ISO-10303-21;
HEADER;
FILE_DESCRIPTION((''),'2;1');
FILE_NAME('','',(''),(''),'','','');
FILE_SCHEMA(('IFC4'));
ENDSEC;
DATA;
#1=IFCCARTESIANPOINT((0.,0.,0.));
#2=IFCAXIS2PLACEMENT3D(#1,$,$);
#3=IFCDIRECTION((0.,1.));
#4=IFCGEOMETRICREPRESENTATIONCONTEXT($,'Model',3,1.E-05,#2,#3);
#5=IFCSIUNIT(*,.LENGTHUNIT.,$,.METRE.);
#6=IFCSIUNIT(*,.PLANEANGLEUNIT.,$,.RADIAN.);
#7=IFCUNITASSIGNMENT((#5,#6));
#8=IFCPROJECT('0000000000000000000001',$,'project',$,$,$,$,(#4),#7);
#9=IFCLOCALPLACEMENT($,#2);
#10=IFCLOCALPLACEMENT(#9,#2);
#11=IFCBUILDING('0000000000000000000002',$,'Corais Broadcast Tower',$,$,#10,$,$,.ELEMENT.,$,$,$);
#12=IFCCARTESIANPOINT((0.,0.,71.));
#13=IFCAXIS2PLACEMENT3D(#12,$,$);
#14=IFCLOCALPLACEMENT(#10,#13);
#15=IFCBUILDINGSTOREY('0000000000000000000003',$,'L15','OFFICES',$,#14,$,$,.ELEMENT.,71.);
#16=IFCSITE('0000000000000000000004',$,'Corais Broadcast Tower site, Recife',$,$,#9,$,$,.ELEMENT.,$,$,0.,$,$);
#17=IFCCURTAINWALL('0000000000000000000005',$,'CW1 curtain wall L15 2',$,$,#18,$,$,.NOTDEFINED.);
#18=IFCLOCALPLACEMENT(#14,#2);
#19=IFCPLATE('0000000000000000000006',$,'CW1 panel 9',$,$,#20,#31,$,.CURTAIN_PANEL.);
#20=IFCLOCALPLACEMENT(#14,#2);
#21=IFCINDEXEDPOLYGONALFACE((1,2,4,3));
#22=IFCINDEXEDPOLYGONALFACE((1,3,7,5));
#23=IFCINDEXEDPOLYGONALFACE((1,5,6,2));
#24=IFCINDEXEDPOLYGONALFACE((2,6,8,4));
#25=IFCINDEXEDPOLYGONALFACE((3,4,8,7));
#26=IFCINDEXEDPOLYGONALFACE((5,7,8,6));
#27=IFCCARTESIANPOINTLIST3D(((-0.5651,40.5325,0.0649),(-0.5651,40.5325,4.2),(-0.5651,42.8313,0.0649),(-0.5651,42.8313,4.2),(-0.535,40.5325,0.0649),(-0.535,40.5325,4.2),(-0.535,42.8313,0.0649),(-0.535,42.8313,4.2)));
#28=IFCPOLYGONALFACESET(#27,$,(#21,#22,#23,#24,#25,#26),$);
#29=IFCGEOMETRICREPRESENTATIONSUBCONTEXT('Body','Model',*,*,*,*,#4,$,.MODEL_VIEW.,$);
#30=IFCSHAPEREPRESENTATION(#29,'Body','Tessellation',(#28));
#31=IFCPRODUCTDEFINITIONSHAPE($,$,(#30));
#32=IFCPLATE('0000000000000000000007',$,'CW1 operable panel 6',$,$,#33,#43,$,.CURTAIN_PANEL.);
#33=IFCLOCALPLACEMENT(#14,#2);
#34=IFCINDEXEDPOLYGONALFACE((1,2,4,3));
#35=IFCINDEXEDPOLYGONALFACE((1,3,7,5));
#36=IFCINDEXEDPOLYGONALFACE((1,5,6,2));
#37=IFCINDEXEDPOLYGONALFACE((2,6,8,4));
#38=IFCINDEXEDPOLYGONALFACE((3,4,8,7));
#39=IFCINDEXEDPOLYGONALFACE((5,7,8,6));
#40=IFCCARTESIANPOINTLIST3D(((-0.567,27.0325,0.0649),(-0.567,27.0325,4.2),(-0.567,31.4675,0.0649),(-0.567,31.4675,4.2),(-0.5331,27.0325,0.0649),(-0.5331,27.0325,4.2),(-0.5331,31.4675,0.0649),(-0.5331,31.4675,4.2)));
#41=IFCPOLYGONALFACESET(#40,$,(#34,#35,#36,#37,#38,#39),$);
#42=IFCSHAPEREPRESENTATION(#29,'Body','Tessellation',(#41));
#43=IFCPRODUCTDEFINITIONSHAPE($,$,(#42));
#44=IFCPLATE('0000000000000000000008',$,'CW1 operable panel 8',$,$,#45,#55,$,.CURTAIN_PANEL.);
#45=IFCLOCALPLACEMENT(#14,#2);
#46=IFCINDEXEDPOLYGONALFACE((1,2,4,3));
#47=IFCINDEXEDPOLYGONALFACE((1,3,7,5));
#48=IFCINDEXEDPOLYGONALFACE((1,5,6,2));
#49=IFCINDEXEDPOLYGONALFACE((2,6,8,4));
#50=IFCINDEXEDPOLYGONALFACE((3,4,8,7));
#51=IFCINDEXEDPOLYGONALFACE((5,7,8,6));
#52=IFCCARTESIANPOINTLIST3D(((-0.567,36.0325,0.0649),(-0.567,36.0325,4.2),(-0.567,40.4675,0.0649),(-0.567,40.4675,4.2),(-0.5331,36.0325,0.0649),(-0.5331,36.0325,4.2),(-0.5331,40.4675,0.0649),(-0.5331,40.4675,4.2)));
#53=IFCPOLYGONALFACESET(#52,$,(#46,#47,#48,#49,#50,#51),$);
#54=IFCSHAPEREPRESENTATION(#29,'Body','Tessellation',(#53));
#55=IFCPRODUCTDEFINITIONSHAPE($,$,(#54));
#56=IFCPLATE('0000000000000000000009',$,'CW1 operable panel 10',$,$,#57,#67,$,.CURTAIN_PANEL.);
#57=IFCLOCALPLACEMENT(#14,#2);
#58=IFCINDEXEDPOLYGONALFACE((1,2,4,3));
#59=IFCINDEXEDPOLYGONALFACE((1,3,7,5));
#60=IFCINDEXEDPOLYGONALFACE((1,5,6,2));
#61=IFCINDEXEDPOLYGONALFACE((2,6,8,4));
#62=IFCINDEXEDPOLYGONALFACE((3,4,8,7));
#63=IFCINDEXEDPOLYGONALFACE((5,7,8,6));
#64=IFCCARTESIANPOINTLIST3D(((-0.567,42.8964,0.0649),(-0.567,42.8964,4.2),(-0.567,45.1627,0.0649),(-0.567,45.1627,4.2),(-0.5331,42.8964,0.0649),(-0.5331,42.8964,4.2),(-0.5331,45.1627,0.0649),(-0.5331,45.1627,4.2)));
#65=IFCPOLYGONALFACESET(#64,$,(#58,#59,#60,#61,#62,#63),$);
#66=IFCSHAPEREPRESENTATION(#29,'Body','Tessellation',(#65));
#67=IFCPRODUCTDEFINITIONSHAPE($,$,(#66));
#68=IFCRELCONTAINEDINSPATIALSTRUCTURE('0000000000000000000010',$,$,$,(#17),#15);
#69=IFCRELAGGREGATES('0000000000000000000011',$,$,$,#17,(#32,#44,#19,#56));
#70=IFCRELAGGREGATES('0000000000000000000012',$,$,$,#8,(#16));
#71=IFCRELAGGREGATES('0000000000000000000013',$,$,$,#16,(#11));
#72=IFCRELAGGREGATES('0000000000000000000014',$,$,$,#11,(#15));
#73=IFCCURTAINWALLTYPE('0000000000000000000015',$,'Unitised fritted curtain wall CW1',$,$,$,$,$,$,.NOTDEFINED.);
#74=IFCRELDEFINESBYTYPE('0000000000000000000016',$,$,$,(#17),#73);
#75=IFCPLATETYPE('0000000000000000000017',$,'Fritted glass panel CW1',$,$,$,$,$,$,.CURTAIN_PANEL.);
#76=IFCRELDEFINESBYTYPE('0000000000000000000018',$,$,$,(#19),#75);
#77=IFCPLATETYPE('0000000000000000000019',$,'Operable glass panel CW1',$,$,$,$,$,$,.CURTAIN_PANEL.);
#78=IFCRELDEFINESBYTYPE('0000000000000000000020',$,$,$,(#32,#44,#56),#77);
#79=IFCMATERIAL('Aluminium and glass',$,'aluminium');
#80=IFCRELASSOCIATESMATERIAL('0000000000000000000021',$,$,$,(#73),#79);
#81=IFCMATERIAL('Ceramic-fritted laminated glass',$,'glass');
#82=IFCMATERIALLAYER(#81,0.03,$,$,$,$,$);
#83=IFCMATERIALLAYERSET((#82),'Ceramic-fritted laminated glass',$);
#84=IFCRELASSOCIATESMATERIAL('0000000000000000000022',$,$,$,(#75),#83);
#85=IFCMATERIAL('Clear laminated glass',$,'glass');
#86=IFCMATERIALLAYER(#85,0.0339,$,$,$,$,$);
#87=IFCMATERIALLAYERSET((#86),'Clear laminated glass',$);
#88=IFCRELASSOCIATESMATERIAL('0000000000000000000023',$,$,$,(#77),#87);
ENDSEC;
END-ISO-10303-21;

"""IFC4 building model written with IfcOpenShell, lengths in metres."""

from ifc_helpers import new_model, si_unit, direction, frame, origin, origin_2d, place, context, subcontext, project, spatial, rectangle, extrude, material, layer, layer_set, type_object, element, aggregate, save


model = new_model("IFC4")

# Units and contexts
model_context = context("Model", 3, precision=1e-05, world=origin(), true_north=direction((0.0, 1.0)))
body_context = subcontext(model_context, "Body", "Model", "MODEL_VIEW")
ifc_project = project(units=[si_unit("LENGTHUNIT", "METRE"), si_unit("PLANEANGLEUNIT", "RADIAN")], contexts=[model_context])

# Site, building, storey
site_placement = place(None, origin())
site = spatial("IfcSite", under=ifc_project, at=site_placement, Name="Corais Broadcast Tower site, Recife", CompositionType="ELEMENT", RefElevation=0.0)
building_placement = place(site_placement, origin())
building = spatial("IfcBuilding", under=site, at=building_placement, Name="Corais Broadcast Tower", CompositionType="ELEMENT")
storey_placement = place(building_placement, frame((0.0, 0.0, 71.0)))
storey = spatial("IfcBuildingStorey", under=building, at=storey_placement, Name="L15", Description="OFFICES", CompositionType="ELEMENT", Elevation=71.0)

# Curtain wall
ifc_material_1 = material(Name="Aluminium and glass", Category="aluminium")
curtain_wall_type = type_object("IfcCurtainWallType", Name="Unitised fritted curtain wall CW1", PredefinedType="NOTDEFINED", material=ifc_material_1)
curtain_wall_placement = place(storey_placement, origin())
curtain_wall = element("IfcCurtainWall", 1, at=curtain_wall_placement, inside=storey, type_object=curtain_wall_type, Name="CW1 curtain wall L15 2", PredefinedType="NOTDEFINED")

# Plates
ifc_material_2 = material(Name="Ceramic-fritted laminated glass", Category="glass")
ifc_layer_1 = layer(ifc_material_2, 0.03)
ifc_layer_set_1 = layer_set([ifc_layer_1], Name="Ceramic-fritted laminated glass")
plate_type_1 = type_object("IfcPlateType", Name="Fritted glass panel CW1", PredefinedType="CURTAIN_PANEL", material=ifc_layer_set_1)
plate_1_placement = place(storey_placement, frame((-0.55, 41.6819, 0.0649), z_axis=(0.0, 0.0, 1.0), x_axis=(0.0, 1.0, 0.0)))
plate_1 = element("IfcPlate", 2, at=plate_1_placement, type_object=plate_type_1, Name="CW1 panel 9", PredefinedType="CURTAIN_PANEL", context=body_context, shape_type="SweptSolid", body=[
    extrude(rectangle(XDim=2.2988, YDim=0.03, at=origin_2d()), origin(), (0.0, 0.0, 1.0), 4.135),
])
ifc_material_3 = material(Name="Clear laminated glass", Category="glass")
ifc_layer_2 = layer(ifc_material_3, 0.0339)
ifc_layer_set_2 = layer_set([ifc_layer_2], Name="Clear laminated glass")
plate_type_2 = type_object("IfcPlateType", Name="Operable glass panel CW1", PredefinedType="CURTAIN_PANEL", material=ifc_layer_set_2)
plate_2_placement = place(storey_placement, frame((-0.55, 29.25, 0.0649), z_axis=(0.0, 0.0, 1.0), x_axis=(0.0, 1.0, 0.0)))
plate_2 = element("IfcPlate", 3, at=plate_2_placement, type_object=plate_type_2, Name="CW1 operable panel 6", PredefinedType="CURTAIN_PANEL", context=body_context, shape_type="SweptSolid", body=[
    extrude(rectangle(XDim=4.4351, YDim=0.0339, at=origin_2d()), origin(), (0.0, 0.0, 1.0), 4.135),
])
plate_3_placement = place(storey_placement, frame((-0.55, 38.25, 0.0649), z_axis=(0.0, 0.0, 1.0), x_axis=(0.0, 1.0, 0.0)))
plate_3 = element("IfcPlate", 4, at=plate_3_placement, type_object=plate_type_2, Name="CW1 operable panel 8", PredefinedType="CURTAIN_PANEL", context=body_context, shape_type="SweptSolid", body=[
    extrude(rectangle(XDim=4.4351, YDim=0.0339, at=origin_2d()), origin(), (0.0, 0.0, 1.0), 4.135),
])
plate_4_placement = place(storey_placement, frame((-0.55, 44.0295, 0.0649), z_axis=(0.0, 0.0, 1.0), x_axis=(0.0, 1.0, 0.0)))
plate_4 = element("IfcPlate", 5, at=plate_4_placement, type_object=plate_type_2, Name="CW1 operable panel 10", PredefinedType="CURTAIN_PANEL", context=body_context, shape_type="SweptSolid", body=[
    extrude(rectangle(XDim=2.2664, YDim=0.0339, at=origin_2d()), origin(), (0.0, 0.0, 1.0), 4.135),
])
aggregate(curtain_wall, [plate_2, plate_3, plate_1, plate_4])

save(model, "model.ifc")
